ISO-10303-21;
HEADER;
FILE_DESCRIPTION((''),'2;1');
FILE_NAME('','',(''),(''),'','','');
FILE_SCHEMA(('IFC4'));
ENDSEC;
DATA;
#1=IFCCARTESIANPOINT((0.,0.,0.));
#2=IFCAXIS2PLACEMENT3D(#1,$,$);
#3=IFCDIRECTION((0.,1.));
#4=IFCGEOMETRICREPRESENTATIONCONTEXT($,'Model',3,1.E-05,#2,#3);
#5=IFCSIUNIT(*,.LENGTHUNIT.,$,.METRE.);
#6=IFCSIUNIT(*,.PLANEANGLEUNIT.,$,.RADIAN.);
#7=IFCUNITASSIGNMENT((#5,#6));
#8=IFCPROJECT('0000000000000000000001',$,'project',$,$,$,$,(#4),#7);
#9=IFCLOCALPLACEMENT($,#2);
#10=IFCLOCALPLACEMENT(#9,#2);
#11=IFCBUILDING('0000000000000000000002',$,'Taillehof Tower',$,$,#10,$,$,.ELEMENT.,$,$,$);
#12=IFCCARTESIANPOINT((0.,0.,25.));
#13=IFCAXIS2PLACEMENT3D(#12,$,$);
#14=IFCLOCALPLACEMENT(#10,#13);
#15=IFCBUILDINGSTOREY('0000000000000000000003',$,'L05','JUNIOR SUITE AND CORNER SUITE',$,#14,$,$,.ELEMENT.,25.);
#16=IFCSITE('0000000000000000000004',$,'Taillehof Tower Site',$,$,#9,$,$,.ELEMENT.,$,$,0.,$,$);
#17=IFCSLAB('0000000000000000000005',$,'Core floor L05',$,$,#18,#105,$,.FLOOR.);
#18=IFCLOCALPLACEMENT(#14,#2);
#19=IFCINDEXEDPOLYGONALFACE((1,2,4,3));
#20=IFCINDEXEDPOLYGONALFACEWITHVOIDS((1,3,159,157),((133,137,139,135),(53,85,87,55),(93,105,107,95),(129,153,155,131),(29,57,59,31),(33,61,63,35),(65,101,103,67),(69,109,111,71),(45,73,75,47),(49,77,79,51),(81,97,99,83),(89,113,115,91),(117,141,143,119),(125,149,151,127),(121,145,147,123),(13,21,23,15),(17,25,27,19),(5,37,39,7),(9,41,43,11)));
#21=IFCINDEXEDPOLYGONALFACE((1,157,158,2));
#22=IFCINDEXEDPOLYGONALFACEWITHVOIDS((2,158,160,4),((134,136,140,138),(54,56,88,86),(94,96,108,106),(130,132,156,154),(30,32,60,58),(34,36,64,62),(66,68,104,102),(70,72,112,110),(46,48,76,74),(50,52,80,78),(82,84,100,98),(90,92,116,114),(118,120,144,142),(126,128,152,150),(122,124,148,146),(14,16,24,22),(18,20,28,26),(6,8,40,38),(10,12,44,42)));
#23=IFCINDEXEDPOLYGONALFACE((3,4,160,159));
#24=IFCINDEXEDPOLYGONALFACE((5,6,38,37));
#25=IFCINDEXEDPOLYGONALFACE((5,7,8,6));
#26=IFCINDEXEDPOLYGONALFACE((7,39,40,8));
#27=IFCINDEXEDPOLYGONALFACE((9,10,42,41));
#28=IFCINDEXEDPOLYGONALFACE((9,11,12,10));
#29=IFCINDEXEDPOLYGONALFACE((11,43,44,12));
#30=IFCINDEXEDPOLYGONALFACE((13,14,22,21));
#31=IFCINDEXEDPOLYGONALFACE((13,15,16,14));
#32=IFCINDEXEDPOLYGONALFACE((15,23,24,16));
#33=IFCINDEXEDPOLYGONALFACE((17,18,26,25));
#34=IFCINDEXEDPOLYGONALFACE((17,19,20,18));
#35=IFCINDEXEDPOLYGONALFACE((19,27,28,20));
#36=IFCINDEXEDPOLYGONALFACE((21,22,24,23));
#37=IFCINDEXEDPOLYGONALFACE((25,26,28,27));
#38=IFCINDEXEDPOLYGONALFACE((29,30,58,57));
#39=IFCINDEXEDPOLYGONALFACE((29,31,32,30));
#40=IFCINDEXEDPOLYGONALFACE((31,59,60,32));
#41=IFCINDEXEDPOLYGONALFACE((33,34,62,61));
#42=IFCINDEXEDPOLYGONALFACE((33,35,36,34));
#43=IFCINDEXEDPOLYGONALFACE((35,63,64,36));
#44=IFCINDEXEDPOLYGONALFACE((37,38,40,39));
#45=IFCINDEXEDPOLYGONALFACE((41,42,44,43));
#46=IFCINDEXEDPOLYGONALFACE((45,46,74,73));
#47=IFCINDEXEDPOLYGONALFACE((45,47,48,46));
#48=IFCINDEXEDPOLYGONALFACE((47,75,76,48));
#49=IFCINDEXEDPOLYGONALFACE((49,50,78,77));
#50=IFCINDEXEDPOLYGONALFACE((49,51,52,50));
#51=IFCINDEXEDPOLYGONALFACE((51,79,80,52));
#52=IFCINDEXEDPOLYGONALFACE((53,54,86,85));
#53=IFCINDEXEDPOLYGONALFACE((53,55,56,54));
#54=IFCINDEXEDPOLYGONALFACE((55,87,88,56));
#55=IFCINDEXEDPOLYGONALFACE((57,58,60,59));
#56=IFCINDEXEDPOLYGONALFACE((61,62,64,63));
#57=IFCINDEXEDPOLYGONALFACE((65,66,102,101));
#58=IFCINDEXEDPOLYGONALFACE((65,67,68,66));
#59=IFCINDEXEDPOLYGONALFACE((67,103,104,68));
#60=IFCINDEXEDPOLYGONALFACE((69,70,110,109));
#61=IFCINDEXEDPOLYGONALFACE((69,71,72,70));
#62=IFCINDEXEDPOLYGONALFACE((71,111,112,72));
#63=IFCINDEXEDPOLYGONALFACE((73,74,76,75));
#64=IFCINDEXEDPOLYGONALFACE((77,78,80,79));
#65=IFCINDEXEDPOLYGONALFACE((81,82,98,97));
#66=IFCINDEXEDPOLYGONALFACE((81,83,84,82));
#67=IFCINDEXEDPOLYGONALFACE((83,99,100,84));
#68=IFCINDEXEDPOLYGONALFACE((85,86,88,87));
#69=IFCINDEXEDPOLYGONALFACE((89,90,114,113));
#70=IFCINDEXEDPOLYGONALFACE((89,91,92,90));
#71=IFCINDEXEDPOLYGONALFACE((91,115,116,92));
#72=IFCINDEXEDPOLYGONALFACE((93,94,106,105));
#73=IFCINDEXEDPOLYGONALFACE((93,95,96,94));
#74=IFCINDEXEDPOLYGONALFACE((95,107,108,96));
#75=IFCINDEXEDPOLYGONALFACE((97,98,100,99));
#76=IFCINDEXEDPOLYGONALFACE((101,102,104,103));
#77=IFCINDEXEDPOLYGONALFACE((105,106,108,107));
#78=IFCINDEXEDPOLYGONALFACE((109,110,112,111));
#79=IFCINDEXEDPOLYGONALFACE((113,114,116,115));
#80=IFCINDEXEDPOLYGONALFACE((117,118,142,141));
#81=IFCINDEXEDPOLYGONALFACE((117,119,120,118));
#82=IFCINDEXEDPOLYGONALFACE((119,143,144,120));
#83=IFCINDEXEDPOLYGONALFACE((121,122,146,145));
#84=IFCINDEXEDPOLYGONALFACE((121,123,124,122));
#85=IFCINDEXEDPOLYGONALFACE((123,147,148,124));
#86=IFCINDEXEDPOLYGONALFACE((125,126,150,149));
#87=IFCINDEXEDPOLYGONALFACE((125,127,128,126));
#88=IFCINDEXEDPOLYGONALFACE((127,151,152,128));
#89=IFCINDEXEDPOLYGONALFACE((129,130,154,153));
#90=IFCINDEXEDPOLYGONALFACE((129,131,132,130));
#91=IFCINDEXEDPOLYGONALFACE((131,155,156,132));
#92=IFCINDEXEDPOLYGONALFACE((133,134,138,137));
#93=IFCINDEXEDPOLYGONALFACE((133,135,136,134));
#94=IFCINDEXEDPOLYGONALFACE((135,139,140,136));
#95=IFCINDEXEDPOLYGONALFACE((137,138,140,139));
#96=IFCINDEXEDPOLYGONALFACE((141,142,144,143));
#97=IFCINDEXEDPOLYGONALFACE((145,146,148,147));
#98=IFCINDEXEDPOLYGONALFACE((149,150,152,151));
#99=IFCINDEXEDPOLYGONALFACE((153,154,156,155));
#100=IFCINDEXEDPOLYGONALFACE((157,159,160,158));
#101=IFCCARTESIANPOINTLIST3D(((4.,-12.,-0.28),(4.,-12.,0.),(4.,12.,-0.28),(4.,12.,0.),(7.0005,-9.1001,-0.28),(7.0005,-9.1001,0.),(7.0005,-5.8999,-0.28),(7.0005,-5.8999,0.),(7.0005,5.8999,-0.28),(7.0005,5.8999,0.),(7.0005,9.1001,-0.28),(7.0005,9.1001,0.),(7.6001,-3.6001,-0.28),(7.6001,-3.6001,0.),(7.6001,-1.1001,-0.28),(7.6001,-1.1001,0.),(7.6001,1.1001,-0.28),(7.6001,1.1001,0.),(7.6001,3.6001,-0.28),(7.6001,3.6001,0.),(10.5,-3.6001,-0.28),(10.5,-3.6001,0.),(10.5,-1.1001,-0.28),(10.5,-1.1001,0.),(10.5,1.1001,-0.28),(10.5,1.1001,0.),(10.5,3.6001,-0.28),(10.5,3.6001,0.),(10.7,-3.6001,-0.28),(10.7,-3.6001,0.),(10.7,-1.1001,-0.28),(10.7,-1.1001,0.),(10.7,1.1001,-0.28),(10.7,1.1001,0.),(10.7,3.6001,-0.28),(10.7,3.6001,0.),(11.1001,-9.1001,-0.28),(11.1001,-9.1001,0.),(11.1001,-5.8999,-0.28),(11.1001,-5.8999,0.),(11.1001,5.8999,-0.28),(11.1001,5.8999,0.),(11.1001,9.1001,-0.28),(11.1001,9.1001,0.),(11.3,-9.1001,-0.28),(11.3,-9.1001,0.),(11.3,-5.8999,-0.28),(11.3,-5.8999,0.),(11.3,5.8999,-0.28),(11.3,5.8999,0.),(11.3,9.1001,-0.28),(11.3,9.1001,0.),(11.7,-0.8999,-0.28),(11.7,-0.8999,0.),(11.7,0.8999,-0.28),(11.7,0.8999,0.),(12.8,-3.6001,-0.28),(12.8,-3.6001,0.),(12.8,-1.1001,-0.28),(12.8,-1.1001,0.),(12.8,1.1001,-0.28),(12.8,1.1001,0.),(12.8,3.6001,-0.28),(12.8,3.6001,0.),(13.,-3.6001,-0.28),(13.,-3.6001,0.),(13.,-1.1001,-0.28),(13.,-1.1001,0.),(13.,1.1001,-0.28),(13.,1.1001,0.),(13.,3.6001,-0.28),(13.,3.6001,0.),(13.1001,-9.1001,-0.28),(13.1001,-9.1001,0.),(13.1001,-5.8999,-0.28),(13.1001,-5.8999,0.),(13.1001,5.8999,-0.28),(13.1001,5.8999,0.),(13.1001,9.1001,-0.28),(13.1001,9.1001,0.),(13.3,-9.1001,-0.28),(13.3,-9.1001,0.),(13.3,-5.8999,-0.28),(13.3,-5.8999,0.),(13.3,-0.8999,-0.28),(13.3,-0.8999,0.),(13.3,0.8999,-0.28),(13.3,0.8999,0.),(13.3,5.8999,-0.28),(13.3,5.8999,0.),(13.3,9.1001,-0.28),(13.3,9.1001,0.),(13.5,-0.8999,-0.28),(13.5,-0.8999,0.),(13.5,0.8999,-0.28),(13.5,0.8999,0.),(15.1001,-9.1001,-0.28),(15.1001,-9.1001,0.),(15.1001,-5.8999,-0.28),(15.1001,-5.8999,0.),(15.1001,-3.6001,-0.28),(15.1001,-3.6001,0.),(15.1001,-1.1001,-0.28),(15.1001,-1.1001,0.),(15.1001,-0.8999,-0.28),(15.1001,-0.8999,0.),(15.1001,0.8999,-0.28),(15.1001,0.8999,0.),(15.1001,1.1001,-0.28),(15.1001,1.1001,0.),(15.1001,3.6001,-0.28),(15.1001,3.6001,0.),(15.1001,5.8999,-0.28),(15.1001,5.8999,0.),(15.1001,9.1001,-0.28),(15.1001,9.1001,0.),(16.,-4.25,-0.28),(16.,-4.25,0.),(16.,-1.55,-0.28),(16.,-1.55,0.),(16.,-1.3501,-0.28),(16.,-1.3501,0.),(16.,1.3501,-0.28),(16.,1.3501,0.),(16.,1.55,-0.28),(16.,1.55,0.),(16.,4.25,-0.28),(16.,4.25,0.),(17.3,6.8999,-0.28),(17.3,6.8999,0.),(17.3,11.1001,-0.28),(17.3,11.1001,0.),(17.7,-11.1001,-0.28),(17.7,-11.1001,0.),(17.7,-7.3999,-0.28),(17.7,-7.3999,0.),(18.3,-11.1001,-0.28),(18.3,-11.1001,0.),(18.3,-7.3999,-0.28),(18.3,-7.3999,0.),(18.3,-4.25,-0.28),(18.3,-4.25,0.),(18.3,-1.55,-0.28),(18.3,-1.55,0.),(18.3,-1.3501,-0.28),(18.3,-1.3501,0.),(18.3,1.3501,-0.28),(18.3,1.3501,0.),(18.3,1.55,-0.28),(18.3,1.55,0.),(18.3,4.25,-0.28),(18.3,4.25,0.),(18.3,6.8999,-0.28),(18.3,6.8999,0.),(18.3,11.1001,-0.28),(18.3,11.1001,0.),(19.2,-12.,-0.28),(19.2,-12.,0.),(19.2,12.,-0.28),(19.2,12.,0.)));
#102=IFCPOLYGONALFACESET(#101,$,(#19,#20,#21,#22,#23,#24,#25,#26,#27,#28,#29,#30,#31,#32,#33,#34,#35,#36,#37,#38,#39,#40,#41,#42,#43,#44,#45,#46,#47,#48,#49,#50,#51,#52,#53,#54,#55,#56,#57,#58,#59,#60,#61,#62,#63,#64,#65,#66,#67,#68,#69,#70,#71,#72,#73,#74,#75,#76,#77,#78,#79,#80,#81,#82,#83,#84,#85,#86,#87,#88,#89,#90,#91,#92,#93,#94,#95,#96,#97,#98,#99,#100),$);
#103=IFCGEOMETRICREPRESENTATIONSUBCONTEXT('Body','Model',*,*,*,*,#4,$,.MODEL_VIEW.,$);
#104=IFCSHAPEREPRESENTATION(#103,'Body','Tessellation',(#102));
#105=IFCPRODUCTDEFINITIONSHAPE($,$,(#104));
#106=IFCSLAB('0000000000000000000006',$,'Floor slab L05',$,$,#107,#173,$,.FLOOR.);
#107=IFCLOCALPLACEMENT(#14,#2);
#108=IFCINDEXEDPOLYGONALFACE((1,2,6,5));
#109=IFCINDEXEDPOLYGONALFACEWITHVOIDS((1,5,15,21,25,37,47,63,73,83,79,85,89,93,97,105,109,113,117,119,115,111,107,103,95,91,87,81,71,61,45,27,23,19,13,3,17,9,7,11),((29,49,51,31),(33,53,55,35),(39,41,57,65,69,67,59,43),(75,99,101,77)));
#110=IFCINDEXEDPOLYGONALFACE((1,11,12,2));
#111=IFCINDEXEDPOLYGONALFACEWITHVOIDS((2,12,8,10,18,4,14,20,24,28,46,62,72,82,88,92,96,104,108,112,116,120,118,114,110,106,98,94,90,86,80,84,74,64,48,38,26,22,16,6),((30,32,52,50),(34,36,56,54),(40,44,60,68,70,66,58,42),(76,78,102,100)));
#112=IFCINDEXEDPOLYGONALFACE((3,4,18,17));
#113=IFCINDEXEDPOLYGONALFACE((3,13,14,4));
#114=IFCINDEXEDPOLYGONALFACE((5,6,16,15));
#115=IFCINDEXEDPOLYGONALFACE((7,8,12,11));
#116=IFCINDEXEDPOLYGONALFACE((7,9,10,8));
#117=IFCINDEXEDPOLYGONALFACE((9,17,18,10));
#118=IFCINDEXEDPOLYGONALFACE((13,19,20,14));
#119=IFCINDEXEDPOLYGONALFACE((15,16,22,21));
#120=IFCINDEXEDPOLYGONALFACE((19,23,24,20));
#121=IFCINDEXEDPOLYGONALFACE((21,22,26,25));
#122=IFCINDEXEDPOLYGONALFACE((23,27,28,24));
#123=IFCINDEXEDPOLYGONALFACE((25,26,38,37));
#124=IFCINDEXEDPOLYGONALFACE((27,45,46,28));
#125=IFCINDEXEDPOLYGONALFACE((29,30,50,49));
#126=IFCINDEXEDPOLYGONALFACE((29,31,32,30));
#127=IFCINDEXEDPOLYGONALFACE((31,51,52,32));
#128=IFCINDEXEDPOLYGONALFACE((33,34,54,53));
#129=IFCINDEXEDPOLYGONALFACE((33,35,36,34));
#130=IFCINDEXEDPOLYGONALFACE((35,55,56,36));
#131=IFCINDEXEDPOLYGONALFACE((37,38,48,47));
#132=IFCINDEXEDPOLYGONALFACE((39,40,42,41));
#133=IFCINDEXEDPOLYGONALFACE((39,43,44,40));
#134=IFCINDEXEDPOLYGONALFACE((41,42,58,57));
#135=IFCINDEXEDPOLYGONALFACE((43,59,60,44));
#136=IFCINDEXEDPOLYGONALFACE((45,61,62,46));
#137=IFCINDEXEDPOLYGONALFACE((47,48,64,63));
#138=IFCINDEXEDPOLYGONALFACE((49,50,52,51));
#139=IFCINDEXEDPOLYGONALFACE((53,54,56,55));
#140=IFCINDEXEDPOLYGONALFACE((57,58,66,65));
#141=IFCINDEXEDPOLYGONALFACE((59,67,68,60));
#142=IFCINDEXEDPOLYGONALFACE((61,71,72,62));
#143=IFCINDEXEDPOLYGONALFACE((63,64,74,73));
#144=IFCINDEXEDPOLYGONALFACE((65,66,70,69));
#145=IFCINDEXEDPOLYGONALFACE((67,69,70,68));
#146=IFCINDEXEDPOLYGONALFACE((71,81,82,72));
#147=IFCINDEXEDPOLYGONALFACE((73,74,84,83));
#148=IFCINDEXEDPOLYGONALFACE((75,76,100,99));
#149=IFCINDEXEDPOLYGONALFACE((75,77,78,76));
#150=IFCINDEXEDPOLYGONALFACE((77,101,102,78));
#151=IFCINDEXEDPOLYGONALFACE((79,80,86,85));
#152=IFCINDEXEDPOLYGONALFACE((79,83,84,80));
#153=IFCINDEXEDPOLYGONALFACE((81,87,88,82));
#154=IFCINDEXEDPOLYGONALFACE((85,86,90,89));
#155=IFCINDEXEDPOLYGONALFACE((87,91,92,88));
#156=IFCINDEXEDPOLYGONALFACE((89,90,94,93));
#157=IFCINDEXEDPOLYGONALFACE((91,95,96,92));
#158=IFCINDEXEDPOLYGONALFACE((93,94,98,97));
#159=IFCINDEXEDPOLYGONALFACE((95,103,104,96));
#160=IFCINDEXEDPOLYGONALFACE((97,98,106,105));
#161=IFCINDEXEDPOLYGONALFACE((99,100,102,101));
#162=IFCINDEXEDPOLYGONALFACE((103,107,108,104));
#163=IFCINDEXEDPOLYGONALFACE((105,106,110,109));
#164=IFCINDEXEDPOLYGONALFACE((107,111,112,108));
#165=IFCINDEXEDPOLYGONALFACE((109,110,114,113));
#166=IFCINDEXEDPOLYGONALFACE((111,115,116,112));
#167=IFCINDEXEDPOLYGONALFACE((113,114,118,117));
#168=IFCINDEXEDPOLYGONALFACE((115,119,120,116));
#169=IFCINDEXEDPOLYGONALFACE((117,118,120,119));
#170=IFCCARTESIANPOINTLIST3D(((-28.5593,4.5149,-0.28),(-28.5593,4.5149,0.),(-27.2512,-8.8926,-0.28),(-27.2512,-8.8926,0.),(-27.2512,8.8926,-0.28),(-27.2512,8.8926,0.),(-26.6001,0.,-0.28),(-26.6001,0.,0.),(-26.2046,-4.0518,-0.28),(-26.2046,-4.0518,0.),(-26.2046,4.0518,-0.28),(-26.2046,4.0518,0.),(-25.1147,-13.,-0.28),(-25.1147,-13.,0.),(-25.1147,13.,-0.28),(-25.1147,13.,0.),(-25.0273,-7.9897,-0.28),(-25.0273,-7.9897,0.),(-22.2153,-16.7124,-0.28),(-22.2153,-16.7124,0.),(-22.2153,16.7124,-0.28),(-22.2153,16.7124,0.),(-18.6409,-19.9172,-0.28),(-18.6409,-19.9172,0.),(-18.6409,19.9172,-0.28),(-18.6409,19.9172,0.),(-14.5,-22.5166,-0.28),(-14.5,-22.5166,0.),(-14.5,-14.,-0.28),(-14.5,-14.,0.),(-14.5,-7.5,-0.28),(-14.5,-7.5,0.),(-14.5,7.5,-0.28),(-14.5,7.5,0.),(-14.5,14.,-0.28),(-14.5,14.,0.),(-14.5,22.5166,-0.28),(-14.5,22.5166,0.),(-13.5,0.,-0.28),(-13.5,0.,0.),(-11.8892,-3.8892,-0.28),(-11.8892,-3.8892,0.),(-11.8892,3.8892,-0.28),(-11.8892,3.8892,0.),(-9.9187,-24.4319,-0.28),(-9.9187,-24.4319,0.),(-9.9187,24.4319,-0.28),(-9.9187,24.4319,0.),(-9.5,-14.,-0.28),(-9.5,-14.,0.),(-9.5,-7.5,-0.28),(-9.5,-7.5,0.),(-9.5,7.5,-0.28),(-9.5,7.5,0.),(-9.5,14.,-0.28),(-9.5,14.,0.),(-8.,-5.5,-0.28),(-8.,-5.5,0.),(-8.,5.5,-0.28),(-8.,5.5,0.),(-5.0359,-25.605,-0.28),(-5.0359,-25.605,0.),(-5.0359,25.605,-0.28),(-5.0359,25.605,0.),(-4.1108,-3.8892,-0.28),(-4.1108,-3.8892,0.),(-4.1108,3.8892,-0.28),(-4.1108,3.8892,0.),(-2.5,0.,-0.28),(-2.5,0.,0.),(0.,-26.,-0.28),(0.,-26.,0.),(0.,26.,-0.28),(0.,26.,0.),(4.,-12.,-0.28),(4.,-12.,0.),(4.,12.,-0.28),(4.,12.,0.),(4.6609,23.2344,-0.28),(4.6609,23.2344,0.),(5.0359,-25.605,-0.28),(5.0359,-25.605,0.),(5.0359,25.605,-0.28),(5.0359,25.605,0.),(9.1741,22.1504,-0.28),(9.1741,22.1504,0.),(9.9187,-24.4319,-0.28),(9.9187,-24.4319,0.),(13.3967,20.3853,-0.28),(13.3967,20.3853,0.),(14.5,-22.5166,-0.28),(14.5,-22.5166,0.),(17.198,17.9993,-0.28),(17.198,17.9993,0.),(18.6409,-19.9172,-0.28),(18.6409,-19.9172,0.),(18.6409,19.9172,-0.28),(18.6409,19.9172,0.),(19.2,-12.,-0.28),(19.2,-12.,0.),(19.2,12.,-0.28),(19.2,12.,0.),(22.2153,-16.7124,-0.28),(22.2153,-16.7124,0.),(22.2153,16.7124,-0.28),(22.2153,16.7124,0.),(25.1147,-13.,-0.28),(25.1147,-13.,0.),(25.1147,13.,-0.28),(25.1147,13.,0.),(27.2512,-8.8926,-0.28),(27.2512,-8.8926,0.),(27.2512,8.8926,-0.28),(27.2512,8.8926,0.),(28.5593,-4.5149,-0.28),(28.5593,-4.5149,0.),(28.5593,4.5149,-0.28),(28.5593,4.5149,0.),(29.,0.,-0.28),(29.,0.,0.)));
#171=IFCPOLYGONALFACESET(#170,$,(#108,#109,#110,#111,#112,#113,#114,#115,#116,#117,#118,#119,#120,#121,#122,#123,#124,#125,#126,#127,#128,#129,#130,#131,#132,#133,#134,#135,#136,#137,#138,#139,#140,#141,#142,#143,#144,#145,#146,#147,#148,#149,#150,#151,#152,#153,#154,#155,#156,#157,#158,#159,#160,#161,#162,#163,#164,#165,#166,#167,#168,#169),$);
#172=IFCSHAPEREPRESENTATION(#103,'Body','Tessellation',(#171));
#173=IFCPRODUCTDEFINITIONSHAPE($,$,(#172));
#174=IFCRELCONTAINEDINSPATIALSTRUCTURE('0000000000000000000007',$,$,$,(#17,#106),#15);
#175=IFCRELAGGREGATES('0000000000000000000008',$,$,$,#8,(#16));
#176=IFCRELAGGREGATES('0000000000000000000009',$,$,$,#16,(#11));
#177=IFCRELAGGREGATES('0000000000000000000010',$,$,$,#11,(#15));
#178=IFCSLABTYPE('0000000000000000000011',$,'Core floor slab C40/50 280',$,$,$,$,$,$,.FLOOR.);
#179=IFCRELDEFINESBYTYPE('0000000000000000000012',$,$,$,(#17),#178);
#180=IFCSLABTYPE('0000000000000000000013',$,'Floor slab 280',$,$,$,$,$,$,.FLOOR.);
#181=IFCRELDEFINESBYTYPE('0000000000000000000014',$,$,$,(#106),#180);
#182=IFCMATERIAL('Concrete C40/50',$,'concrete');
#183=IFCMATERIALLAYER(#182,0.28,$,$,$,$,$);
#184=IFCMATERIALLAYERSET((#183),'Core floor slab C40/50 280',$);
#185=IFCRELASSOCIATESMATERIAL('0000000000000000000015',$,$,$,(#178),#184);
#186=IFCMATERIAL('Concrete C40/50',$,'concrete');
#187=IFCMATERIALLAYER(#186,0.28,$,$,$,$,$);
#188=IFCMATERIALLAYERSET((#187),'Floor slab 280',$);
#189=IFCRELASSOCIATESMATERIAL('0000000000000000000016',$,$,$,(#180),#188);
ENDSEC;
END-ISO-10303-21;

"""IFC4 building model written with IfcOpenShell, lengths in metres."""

from ifc_helpers import new_model, si_unit, direction, frame, origin, place, context, subcontext, project, spatial, polyline, outline, extrude, material, layer, layer_set, type_object, element, save


model = new_model("IFC4")

# Units and contexts
model_context = context("Model", 3, precision=1e-05, world=origin(), true_north=direction((0.0, 1.0)))
body_context = subcontext(model_context, "Body", "Model", "MODEL_VIEW")
ifc_project = project(units=[si_unit("LENGTHUNIT", "METRE"), si_unit("PLANEANGLEUNIT", "RADIAN")], contexts=[model_context])

# Site, building, storey
site_placement = place(None, origin())
site = spatial("IfcSite", under=ifc_project, at=site_placement, Name="Taillehof Tower Site", CompositionType="ELEMENT", RefElevation=0.0)
building_placement = place(site_placement, origin())
building = spatial("IfcBuilding", under=site, at=building_placement, Name="Taillehof Tower", CompositionType="ELEMENT")
storey_placement = place(building_placement, frame((0.0, 0.0, 25.0)))
storey = spatial("IfcBuildingStorey", under=building, at=storey_placement, Name="L05", Description="JUNIOR SUITE AND CORNER SUITE", CompositionType="ELEMENT", Elevation=25.0)

# Slabs
ifc_material_1 = material(Name="Concrete C40/50", Category="concrete")
ifc_layer_1 = layer(ifc_material_1, 0.28)
ifc_layer_set_1 = layer_set([ifc_layer_1], Name="Core floor slab C40/50 280")
slab_type_1 = type_object("IfcSlabType", Name="Core floor slab C40/50 280", PredefinedType="FLOOR", material=ifc_layer_set_1)
slab_1_placement = place(storey_placement, frame((0.0, 0.0, -0.28)))
element("IfcSlab", 1, at=slab_1_placement, inside=storey, type_object=slab_type_1, Name="Core floor L05", PredefinedType="FLOOR", context=body_context, shape_type="SweptSolid", body=[
    extrude(outline(polyline([(4.0, -12.0), (4.0, 12.0), (19.2, 12.0), (19.2, -12.0), (4.0, -12.0)]), holes=[polyline([(7.0005, -9.1001), (11.1001, -9.1001), (11.1001, -5.8999), (7.0005, -5.8999), (7.0005, -9.1001)]), polyline([(13.1001, -9.1001), (13.1001, -5.8999), (11.3, -5.8999), (11.3, -9.1001), (13.1001, -9.1001)]), polyline([(10.5, -3.6001), (10.5, -1.1001), (7.6001, -1.1001), (7.6001, -3.6001), (10.5, -3.6001)]), polyline([(12.8, -3.6001), (12.8, -1.1001), (10.7, -1.1001), (10.7, -3.6001), (12.8, -3.6001)]), polyline([(13.3, -0.8999), (13.3, 0.8999), (11.7, 0.8999), (11.7, -0.8999), (13.3, -0.8999)]), polyline([(10.5, 1.1001), (10.5, 3.6001), (7.6001, 3.6001), (7.6001, 1.1001), (10.5, 1.1001)]), polyline([(12.8, 1.1001), (12.8, 3.6001), (10.7, 3.6001), (10.7, 1.1001), (12.8, 1.1001)]), polyline([(13.0, 1.1001), (15.1001, 1.1001), (15.1001, 3.6001), (13.0, 3.6001), (13.0, 1.1001)]), polyline([(11.3, 5.8999), (13.1001, 5.8999), (13.1001, 9.1001), (11.3, 9.1001), (11.3, 5.8999)]), polyline([(11.1001, 5.8999), (11.1001, 9.1001), (7.0005, 9.1001), (7.0005, 5.8999), (11.1001, 5.8999)]), polyline([(18.3, -11.1001), (18.3, -7.3999), (17.7, -7.3999), (17.7, -11.1001), (18.3, -11.1001)]), polyline([(15.1001, -9.1001), (15.1001, -5.8999), (13.3, -5.8999), (13.3, -9.1001), (15.1001, -9.1001)]), polyline([(16.0, -4.25), (18.3, -4.25), (18.3, -1.55), (16.0, -1.55), (16.0, -4.25)]), polyline([(13.0, -3.6001), (15.1001, -3.6001), (15.1001, -1.1001), (13.0, -1.1001), (13.0, -3.6001)]), polyline([(15.1001, -0.8999), (15.1001, 0.8999), (13.5, 0.8999), (13.5, -0.8999), (15.1001, -0.8999)]), polyline([(18.3, -1.3501), (18.3, 1.3501), (16.0, 1.3501), (16.0, -1.3501), (18.3, -1.3501)]), polyline([(18.3, 1.55), (18.3, 4.25), (16.0, 4.25), (16.0, 1.55), (18.3, 1.55)]), polyline([(13.3, 5.8999), (15.1001, 5.8999), (15.1001, 9.1001), (13.3, 9.1001), (13.3, 5.8999)]), polyline([(17.3, 6.8999), (18.3, 6.8999), (18.3, 11.1001), (17.3, 11.1001), (17.3, 6.8999)])]), origin(), (0.0, 0.0, 1.0), 0.28),
])
ifc_material_2 = material(Name="Concrete C40/50", Category="concrete")
ifc_layer_2 = layer(ifc_material_2, 0.28)
ifc_layer_set_2 = layer_set([ifc_layer_2], Name="Floor slab 280")
slab_type_2 = type_object("IfcSlabType", Name="Floor slab 280", PredefinedType="FLOOR", material=ifc_layer_set_2)
slab_2_placement = place(storey_placement, frame((0.0, 0.0, -0.28)))
element("IfcSlab", 2, at=slab_2_placement, inside=storey, type_object=slab_type_2, Name="Floor slab L05", PredefinedType="FLOOR", context=body_context, shape_type="SweptSolid", body=[
    extrude(outline(polyline([(29.0, 0.0), (28.5593, 4.5149), (27.2512, 8.8926), (25.1147, 13.0), (22.2153, 16.7124), (18.6409, 19.9172), (17.198, 17.9993), (13.3967, 20.3853), (9.1741, 22.1504), (4.6609, 23.2344), (5.0359, 25.605), (0.0, 26.0), (-5.0359, 25.605), (-9.9187, 24.4319), (-14.5, 22.5166), (-18.6409, 19.9172), (-22.2153, 16.7124), (-25.1147, 13.0), (-27.2512, 8.8926), (-28.5593, 4.5149), (-26.2046, 4.0518), (-26.6001, 0.0), (-26.2046, -4.0518), (-25.0273, -7.9897), (-27.2512, -8.8926), (-25.1147, -13.0), (-22.2153, -16.7124), (-18.6409, -19.9172), (-14.5, -22.5166), (-9.9187, -24.4319), (-5.0359, -25.605), (0.0, -26.0), (5.0359, -25.605), (9.9187, -24.4319), (14.5, -22.5166), (18.6409, -19.9172), (22.2153, -16.7124), (25.1147, -13.0), (27.2512, -8.8926), (28.5593, -4.5149), (29.0, 0.0)]), holes=[polyline([(-14.5, -7.5), (-9.5, -7.5), (-9.5, -14.0), (-14.5, -14.0), (-14.5, -7.5)]), polyline([(-8.0, -5.5), (-11.8892, -3.8892), (-13.5, 0.0), (-11.8892, 3.8892), (-8.0, 5.5), (-4.1108, 3.8892), (-2.5, 0.0), (-4.1108, -3.8892), (-8.0, -5.5)]), polyline([(19.2, 12.0), (19.2, -12.0), (4.0, -12.0), (4.0, 12.0), (19.2, 12.0)]), polyline([(-14.5, 14.0), (-9.5, 14.0), (-9.5, 7.5), (-14.5, 7.5), (-14.5, 14.0)])]), origin(), (0.0, 0.0, 1.0), 0.28),
])

save(model, "model.ifc")
